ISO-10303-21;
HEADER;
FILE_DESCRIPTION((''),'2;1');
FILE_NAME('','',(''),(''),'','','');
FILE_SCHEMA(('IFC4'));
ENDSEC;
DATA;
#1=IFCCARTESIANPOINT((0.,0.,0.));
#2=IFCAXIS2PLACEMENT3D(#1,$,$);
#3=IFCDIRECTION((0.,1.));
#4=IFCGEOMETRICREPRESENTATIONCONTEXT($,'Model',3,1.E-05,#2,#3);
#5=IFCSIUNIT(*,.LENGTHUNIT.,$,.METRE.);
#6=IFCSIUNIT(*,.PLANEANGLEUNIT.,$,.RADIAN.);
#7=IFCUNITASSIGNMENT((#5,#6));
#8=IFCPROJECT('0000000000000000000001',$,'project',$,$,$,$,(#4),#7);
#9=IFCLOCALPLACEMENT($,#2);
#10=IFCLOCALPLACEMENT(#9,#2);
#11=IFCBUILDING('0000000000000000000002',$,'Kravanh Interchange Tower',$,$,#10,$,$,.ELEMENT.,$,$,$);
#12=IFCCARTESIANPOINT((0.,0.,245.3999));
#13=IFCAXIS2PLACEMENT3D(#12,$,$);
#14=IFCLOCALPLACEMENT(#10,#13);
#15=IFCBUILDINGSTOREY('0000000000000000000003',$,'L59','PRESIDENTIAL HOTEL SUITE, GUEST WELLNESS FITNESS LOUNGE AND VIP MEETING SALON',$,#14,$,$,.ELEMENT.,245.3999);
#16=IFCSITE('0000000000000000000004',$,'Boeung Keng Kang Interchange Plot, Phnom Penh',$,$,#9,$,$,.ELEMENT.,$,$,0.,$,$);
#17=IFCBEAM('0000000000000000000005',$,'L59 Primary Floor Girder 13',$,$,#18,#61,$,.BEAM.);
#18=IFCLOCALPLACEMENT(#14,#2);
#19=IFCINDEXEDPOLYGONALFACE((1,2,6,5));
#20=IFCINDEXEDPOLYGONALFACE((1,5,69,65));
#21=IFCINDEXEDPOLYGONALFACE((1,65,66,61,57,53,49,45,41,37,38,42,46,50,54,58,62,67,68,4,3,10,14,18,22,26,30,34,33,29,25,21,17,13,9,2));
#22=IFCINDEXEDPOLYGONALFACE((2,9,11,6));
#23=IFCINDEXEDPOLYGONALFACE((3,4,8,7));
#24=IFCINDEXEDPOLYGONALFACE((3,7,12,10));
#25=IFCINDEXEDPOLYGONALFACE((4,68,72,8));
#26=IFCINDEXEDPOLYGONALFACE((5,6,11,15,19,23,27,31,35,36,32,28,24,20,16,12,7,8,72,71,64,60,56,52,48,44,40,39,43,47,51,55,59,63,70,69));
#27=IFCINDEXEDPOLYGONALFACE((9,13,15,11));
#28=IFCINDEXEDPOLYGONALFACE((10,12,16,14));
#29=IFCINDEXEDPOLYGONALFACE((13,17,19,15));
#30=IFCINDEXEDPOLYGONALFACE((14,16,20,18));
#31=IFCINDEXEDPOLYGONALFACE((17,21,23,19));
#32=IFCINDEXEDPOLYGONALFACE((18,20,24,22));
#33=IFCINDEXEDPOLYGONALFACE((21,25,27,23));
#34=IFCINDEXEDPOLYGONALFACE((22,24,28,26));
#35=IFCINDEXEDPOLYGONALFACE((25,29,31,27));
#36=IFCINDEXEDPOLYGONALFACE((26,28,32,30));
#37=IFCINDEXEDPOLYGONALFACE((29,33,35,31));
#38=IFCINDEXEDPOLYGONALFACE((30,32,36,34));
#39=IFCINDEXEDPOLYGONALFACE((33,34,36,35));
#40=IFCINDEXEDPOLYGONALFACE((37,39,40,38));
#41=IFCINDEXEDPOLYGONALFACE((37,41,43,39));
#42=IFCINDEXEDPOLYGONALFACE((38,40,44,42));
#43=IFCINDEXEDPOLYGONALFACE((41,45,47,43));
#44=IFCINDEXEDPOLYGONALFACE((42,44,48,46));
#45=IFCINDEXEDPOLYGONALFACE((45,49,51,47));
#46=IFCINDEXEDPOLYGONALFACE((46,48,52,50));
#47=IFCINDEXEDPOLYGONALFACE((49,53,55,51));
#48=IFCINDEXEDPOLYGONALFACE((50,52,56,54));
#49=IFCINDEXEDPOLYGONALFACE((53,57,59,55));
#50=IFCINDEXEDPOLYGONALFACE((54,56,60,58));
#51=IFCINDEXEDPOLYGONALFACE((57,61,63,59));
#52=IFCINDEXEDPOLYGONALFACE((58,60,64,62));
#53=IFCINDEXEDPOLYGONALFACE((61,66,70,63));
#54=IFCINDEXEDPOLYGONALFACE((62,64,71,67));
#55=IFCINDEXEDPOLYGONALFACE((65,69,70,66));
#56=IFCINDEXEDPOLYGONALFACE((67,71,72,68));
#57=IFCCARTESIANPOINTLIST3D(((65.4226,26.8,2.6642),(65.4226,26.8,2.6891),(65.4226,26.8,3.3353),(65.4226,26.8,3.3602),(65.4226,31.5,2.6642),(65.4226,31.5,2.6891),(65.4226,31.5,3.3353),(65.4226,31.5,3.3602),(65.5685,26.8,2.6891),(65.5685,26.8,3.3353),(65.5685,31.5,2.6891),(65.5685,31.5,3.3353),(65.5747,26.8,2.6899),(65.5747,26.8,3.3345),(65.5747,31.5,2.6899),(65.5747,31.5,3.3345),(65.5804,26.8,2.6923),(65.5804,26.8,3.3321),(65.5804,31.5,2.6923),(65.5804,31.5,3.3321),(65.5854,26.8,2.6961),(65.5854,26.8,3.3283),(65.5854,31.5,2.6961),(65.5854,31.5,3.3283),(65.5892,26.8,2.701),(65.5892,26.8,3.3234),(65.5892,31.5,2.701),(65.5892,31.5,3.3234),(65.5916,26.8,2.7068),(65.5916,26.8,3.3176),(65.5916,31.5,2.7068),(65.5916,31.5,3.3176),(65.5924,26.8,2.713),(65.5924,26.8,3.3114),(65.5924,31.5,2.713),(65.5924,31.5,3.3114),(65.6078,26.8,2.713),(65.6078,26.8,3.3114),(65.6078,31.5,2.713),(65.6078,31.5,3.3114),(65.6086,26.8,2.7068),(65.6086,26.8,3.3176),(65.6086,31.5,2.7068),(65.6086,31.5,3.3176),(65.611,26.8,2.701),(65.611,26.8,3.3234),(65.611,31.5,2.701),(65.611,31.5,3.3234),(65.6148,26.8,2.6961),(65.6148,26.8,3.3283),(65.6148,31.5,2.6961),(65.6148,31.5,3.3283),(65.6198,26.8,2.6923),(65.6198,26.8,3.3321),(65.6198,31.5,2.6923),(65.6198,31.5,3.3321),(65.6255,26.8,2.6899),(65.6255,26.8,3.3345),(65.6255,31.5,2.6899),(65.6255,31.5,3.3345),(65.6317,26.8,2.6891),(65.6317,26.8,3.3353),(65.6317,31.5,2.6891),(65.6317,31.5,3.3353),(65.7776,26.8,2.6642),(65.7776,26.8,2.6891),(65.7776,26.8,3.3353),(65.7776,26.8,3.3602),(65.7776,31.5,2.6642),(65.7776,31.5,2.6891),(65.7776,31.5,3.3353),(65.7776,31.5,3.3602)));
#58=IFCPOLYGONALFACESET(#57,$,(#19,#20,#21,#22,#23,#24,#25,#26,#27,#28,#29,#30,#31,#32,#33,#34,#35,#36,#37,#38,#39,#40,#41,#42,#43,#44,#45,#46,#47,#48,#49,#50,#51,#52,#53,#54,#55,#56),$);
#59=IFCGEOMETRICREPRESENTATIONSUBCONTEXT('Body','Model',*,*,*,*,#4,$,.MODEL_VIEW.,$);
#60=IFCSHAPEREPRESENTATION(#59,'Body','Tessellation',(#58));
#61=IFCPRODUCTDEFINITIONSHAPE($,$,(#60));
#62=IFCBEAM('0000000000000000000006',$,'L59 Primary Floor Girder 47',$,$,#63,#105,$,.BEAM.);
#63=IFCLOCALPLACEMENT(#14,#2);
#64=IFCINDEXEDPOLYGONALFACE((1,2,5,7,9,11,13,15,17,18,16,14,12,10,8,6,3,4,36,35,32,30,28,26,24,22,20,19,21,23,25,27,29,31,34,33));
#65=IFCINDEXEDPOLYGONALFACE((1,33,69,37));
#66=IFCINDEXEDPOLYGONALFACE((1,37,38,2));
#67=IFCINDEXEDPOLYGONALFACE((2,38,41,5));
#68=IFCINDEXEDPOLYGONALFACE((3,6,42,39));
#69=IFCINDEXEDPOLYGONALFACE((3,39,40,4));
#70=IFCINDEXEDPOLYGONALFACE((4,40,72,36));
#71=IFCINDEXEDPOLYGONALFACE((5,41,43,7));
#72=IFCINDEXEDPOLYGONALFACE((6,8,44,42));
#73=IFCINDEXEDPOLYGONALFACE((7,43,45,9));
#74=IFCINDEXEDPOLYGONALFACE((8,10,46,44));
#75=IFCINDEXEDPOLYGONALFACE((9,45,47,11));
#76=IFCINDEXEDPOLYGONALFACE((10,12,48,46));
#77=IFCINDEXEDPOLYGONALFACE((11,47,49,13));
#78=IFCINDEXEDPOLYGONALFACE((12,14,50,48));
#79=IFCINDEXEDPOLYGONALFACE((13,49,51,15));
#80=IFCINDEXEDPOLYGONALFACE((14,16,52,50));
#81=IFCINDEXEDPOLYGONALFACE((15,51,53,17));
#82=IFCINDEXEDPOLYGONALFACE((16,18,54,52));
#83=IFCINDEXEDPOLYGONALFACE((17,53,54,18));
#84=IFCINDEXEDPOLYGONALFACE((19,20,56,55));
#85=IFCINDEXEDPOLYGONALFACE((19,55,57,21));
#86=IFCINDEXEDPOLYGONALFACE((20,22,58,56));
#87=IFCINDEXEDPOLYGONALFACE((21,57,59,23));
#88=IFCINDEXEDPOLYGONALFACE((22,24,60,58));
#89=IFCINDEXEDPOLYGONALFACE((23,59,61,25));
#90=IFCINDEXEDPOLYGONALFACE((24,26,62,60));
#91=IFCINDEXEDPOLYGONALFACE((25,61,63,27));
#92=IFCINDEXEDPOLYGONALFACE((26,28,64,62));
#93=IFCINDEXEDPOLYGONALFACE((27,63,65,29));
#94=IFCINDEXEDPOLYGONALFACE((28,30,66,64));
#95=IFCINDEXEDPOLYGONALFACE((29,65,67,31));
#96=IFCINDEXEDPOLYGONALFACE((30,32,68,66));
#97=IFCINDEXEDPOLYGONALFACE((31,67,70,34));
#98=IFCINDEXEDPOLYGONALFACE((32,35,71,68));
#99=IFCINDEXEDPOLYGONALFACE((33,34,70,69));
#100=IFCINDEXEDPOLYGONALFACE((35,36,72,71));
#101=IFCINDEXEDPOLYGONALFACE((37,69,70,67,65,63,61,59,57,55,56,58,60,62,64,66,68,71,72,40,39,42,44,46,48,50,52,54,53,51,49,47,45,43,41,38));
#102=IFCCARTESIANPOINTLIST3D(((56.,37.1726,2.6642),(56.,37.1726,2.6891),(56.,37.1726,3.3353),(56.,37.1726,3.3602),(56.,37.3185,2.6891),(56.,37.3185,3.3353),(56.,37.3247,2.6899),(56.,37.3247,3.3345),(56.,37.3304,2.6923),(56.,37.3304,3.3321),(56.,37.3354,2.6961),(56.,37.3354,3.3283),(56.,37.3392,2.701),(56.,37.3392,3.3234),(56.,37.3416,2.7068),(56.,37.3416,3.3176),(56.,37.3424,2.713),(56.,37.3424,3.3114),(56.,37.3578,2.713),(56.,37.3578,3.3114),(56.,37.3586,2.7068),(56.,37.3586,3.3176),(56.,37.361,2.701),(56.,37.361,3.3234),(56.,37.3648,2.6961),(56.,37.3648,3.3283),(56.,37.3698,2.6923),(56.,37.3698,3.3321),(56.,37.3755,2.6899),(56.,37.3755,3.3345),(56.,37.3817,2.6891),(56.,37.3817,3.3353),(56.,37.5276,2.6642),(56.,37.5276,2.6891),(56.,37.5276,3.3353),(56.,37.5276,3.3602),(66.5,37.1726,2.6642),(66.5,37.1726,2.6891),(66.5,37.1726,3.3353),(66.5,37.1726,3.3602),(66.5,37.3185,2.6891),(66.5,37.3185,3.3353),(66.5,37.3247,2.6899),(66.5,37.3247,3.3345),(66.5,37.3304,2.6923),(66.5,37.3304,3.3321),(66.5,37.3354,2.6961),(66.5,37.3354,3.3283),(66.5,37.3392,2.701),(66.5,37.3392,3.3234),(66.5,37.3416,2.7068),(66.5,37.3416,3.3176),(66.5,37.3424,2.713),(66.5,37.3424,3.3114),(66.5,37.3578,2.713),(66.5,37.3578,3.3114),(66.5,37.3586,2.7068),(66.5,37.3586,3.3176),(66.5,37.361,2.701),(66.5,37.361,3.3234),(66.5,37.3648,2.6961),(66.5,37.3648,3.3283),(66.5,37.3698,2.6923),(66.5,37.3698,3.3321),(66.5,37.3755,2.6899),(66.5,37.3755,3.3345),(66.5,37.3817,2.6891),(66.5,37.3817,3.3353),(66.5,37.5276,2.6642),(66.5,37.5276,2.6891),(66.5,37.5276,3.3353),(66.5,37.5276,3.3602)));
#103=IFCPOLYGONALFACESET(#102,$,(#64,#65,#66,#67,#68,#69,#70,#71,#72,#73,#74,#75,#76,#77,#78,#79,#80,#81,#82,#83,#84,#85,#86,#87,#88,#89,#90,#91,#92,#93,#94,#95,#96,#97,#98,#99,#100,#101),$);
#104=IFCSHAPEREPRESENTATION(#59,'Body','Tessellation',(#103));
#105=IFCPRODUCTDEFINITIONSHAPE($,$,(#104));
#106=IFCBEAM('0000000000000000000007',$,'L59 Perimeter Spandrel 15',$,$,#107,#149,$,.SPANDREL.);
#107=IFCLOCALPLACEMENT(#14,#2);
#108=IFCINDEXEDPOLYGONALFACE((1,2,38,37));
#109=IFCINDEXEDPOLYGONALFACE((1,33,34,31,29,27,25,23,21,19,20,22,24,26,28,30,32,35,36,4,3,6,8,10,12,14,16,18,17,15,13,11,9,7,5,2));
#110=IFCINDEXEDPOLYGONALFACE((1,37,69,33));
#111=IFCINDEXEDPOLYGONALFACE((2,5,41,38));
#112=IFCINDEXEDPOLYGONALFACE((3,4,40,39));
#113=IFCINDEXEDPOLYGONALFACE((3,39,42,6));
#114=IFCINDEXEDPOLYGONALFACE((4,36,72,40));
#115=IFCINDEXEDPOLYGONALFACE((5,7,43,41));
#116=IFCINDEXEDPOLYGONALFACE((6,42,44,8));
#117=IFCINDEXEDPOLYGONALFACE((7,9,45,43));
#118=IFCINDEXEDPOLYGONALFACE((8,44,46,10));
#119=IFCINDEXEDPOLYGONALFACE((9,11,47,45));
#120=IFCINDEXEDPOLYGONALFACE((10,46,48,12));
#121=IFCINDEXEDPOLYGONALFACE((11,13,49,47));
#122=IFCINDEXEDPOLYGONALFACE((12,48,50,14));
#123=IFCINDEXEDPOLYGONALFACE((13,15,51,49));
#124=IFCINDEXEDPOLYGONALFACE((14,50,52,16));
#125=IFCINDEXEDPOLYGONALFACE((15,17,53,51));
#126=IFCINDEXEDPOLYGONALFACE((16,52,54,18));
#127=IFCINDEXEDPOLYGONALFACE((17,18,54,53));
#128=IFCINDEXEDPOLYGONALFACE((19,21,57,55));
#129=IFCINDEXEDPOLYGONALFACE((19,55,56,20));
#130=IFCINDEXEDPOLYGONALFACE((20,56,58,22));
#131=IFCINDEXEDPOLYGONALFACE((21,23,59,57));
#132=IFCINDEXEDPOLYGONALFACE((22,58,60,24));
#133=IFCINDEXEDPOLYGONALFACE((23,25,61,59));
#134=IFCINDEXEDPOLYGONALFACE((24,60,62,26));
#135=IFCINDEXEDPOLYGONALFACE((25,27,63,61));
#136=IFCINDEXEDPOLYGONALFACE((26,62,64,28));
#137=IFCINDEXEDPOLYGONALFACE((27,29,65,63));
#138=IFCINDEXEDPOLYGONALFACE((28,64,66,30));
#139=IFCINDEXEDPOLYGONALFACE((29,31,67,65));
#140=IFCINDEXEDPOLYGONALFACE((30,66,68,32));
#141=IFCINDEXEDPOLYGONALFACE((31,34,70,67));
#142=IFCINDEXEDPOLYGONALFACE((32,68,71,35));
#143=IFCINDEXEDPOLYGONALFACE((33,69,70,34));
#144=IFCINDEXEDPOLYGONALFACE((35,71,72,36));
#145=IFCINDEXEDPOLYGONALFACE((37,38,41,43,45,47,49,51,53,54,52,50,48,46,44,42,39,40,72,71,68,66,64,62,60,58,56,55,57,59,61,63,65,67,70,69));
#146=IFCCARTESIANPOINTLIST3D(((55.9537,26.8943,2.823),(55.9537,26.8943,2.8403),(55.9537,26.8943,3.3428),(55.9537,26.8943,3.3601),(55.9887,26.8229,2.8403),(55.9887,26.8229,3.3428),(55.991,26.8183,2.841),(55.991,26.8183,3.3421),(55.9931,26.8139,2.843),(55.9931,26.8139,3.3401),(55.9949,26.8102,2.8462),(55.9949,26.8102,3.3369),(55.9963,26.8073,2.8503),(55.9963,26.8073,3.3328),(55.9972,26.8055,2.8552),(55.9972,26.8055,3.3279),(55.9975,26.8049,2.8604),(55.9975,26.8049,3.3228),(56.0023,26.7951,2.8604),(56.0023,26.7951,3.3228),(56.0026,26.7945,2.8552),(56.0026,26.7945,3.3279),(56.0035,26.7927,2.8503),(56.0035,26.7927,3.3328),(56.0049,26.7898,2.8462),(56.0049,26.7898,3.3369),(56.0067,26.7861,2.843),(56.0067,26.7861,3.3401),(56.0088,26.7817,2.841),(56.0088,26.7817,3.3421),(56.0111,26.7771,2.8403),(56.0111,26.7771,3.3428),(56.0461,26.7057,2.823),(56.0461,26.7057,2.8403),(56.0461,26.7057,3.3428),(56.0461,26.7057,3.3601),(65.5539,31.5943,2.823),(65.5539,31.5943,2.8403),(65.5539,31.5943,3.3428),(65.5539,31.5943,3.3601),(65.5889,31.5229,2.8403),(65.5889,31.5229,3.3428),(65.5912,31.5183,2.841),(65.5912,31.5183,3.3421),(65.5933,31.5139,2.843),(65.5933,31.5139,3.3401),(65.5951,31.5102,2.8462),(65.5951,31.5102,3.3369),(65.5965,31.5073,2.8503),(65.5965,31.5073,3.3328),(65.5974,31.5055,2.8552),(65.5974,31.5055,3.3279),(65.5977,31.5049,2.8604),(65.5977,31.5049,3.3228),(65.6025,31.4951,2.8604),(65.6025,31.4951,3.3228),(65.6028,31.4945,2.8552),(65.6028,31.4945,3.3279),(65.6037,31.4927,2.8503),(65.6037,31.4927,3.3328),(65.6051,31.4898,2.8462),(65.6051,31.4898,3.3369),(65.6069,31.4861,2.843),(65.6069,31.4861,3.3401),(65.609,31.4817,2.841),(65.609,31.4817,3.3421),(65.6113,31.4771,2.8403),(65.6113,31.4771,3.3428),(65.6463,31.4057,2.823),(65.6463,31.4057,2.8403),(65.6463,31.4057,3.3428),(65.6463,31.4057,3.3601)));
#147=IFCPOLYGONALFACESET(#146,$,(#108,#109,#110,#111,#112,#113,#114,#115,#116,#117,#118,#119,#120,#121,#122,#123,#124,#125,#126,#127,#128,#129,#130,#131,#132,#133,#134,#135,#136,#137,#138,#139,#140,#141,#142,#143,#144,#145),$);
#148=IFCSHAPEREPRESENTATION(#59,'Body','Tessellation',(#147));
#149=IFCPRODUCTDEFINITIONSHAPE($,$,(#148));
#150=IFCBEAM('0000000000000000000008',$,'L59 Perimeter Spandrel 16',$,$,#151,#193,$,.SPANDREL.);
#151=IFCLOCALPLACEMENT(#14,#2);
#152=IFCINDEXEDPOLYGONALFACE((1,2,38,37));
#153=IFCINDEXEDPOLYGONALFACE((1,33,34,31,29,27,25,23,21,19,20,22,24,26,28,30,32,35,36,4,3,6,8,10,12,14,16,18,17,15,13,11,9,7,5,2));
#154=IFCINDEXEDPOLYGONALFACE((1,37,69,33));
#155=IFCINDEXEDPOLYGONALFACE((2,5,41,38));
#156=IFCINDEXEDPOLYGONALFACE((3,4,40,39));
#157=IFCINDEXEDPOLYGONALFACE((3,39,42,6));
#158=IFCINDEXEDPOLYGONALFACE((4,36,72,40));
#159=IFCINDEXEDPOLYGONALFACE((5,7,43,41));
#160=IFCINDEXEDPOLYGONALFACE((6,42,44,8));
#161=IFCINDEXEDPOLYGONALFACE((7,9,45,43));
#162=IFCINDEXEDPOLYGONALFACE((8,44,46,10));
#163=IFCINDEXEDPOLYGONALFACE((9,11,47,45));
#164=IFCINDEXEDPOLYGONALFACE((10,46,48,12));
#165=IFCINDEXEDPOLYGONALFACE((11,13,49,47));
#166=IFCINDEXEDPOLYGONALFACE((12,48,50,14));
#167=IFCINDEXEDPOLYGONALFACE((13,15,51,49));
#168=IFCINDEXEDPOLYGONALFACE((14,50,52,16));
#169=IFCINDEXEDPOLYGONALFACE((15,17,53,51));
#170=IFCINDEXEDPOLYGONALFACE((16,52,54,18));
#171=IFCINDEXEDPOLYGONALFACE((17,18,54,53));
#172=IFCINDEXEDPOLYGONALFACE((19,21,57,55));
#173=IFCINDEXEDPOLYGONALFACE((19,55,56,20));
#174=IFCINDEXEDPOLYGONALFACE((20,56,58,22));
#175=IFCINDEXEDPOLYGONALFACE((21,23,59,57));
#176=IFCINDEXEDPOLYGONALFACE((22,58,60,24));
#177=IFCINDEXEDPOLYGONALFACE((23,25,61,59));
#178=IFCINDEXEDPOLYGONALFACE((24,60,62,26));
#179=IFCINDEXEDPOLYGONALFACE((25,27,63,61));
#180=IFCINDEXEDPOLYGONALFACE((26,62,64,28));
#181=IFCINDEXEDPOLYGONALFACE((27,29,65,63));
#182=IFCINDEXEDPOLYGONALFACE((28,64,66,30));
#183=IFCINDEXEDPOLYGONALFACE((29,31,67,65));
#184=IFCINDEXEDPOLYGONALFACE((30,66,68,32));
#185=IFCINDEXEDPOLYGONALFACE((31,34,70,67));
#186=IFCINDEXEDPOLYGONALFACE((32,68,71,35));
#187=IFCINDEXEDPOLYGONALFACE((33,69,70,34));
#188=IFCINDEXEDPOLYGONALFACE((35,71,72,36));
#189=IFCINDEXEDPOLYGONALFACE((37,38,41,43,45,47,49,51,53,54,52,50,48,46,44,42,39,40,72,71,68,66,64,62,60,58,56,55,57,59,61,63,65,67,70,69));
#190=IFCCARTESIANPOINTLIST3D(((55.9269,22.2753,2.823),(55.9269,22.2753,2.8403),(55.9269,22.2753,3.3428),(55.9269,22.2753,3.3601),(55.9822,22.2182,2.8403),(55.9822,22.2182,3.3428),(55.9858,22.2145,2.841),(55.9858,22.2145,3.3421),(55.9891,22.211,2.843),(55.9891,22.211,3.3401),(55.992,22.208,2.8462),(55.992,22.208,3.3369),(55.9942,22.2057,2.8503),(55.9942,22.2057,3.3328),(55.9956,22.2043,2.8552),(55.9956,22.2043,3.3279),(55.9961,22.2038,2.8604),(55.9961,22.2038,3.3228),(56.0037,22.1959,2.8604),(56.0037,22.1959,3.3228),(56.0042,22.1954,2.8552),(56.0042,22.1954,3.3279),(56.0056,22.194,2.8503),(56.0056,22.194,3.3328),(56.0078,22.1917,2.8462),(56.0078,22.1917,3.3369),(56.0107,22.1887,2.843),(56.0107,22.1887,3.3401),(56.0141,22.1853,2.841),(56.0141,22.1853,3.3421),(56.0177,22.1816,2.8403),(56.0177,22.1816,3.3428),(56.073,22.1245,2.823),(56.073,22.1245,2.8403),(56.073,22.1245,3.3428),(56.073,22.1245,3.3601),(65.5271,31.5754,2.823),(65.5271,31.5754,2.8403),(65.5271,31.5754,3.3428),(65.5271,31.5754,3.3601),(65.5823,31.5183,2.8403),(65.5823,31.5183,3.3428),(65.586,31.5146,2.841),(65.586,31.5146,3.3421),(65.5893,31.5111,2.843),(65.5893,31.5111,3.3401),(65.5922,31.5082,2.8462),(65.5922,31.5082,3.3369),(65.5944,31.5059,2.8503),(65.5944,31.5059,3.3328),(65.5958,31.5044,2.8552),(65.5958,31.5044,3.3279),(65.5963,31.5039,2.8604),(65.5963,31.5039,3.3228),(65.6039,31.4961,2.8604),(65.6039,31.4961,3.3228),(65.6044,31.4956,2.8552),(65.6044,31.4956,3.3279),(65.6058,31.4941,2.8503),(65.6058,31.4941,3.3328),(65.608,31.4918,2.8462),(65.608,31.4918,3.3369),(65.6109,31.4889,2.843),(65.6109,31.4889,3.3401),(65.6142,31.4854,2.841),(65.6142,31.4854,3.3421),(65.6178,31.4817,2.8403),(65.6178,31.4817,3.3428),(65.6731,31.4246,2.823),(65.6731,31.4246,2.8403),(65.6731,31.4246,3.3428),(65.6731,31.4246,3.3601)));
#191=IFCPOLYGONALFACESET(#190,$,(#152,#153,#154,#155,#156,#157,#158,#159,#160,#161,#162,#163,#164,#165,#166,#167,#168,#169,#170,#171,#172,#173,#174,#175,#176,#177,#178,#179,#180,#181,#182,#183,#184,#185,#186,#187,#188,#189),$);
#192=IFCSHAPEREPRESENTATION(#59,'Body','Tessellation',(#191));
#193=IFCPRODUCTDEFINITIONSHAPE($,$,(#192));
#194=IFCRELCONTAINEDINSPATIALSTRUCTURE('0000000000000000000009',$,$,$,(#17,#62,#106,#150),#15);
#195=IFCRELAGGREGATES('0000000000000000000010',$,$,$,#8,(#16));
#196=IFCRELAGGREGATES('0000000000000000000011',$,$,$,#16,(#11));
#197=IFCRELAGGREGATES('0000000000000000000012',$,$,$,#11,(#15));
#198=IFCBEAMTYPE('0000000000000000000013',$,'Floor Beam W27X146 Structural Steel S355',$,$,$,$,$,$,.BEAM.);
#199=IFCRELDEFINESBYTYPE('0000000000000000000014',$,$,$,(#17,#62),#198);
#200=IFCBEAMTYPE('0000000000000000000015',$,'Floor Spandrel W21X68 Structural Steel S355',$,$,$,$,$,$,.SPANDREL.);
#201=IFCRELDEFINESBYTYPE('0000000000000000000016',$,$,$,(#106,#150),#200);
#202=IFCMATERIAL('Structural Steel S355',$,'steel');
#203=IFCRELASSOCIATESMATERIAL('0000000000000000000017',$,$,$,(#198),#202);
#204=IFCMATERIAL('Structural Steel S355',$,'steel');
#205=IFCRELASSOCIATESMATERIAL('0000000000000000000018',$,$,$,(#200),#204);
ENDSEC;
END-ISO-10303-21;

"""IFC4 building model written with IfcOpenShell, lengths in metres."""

from ifc_helpers import new_model, si_unit, direction, frame, origin, origin_2d, place, context, subcontext, project, spatial, i_section, extrude, material, material_profile, profile_set, type_object, element, save


model = new_model("IFC4")

# Units and contexts
model_context = context("Model", 3, precision=1e-05, world=origin(), true_north=direction((0.0, 1.0)))
body_context = subcontext(model_context, "Body", "Model", "MODEL_VIEW")
ifc_project = project(units=[si_unit("LENGTHUNIT", "METRE"), si_unit("PLANEANGLEUNIT", "RADIAN")], contexts=[model_context])

# Site, building, storey
site_placement = place(None, origin())
site = spatial("IfcSite", under=ifc_project, at=site_placement, Name="Boeung Keng Kang Interchange Plot, Phnom Penh", CompositionType="ELEMENT", RefElevation=0.0)
building_placement = place(site_placement, origin())
building = spatial("IfcBuilding", under=site, at=building_placement, Name="Kravanh Interchange Tower", CompositionType="ELEMENT")
storey_placement = place(building_placement, frame((0.0, 0.0, 245.3999)))
storey = spatial("IfcBuildingStorey", under=building, at=storey_placement, Name="L59", Description="PRESIDENTIAL HOTEL SUITE, GUEST WELLNESS FITNESS LOUNGE AND VIP MEETING SALON", CompositionType="ELEMENT", Elevation=245.3999)

# Beams
ifc_material_1 = material(Name="Structural Steel S355", Category="steel")
ifc_material_profile_1 = material_profile(ifc_material_1, i_section(OverallWidth=0.355, OverallDepth=0.696, WebThickness=0.0154, FlangeThickness=0.0249, FilletRadius=0.0239, at=origin_2d()), Name="W27X146")
ifc_profile_set_1 = profile_set([ifc_material_profile_1], Name="Structural Steel S355")
beam_type_1 = type_object("IfcBeamType", Name="Floor Beam W27X146 Structural Steel S355", PredefinedType="BEAM", material=ifc_profile_set_1)
beam_1_placement = place(storey_placement, frame((65.6001, 31.5, 3.0122), z_axis=(0.0, -1.0, 0.0), x_axis=(1.0, 0.0, 0.0)))
element("IfcBeam", 1, at=beam_1_placement, inside=storey, type_object=beam_type_1, Name="L59 Primary Floor Girder 13", PredefinedType="BEAM", context=body_context, shape_type="SweptSolid", body=[
    extrude(i_section(OverallWidth=0.355, OverallDepth=0.696, WebThickness=0.0154, FlangeThickness=0.0249, FilletRadius=0.0239, at=origin_2d()), origin(), (0.0, 0.0, 1.0), 4.7),
])
beam_2_placement = place(storey_placement, frame((66.5, 37.3501, 3.0122), z_axis=(-1.0, 0.0, 0.0), x_axis=(0.0, -1.0, 0.0)))
element("IfcBeam", 2, at=beam_2_placement, inside=storey, type_object=beam_type_1, Name="L59 Primary Floor Girder 47", PredefinedType="BEAM", context=body_context, shape_type="SweptSolid", body=[
    extrude(i_section(OverallWidth=0.355, OverallDepth=0.696, WebThickness=0.0154, FlangeThickness=0.0249, FilletRadius=0.0239, at=origin_2d()), origin(), (0.0, 0.0, 1.0), 10.5),
])
ifc_material_2 = material(Name="Structural Steel S355", Category="steel")
ifc_material_profile_2 = material_profile(ifc_material_2, i_section(OverallWidth=0.21, OverallDepth=0.5371, WebThickness=0.011, FlangeThickness=0.0173, FilletRadius=0.02, at=origin_2d()), Name="W21X68")
ifc_profile_set_2 = profile_set([ifc_material_profile_2], Name="Structural Steel S355")
beam_type_2 = type_object("IfcBeamType", Name="Floor Spandrel W21X68 Structural Steel S355", PredefinedType="SPANDREL", material=ifc_profile_set_2)
beam_3_placement = place(storey_placement, frame((65.6001, 31.5, 3.0916), z_axis=(-0.898142, -0.439706, 0.0), x_axis=(0.439706, -0.898142, 0.0)))
element("IfcBeam", 3, at=beam_3_placement, inside=storey, type_object=beam_type_2, Name="L59 Perimeter Spandrel 15", PredefinedType="SPANDREL", context=body_context, shape_type="SweptSolid", body=[
    extrude(i_section(OverallWidth=0.21, OverallDepth=0.5371, WebThickness=0.011, FlangeThickness=0.0173, FilletRadius=0.02, at=origin_2d()), origin(), (0.0, 0.0, 1.0), 10.689),
])
beam_4_placement = place(storey_placement, frame((65.6001, 31.5, 3.0916), z_axis=(-0.718242, -0.695793, 0.0), x_axis=(0.695793, -0.718242, 0.0)))
element("IfcBeam", 4, at=beam_4_placement, inside=storey, type_object=beam_type_2, Name="L59 Perimeter Spandrel 16", PredefinedType="SPANDREL", context=body_context, shape_type="SweptSolid", body=[
    extrude(i_section(OverallWidth=0.21, OverallDepth=0.5371, WebThickness=0.011, FlangeThickness=0.0173, FilletRadius=0.02, at=origin_2d()), origin(), (0.0, 0.0, 1.0), 13.3662),
])

save(model, "model.ifc")
